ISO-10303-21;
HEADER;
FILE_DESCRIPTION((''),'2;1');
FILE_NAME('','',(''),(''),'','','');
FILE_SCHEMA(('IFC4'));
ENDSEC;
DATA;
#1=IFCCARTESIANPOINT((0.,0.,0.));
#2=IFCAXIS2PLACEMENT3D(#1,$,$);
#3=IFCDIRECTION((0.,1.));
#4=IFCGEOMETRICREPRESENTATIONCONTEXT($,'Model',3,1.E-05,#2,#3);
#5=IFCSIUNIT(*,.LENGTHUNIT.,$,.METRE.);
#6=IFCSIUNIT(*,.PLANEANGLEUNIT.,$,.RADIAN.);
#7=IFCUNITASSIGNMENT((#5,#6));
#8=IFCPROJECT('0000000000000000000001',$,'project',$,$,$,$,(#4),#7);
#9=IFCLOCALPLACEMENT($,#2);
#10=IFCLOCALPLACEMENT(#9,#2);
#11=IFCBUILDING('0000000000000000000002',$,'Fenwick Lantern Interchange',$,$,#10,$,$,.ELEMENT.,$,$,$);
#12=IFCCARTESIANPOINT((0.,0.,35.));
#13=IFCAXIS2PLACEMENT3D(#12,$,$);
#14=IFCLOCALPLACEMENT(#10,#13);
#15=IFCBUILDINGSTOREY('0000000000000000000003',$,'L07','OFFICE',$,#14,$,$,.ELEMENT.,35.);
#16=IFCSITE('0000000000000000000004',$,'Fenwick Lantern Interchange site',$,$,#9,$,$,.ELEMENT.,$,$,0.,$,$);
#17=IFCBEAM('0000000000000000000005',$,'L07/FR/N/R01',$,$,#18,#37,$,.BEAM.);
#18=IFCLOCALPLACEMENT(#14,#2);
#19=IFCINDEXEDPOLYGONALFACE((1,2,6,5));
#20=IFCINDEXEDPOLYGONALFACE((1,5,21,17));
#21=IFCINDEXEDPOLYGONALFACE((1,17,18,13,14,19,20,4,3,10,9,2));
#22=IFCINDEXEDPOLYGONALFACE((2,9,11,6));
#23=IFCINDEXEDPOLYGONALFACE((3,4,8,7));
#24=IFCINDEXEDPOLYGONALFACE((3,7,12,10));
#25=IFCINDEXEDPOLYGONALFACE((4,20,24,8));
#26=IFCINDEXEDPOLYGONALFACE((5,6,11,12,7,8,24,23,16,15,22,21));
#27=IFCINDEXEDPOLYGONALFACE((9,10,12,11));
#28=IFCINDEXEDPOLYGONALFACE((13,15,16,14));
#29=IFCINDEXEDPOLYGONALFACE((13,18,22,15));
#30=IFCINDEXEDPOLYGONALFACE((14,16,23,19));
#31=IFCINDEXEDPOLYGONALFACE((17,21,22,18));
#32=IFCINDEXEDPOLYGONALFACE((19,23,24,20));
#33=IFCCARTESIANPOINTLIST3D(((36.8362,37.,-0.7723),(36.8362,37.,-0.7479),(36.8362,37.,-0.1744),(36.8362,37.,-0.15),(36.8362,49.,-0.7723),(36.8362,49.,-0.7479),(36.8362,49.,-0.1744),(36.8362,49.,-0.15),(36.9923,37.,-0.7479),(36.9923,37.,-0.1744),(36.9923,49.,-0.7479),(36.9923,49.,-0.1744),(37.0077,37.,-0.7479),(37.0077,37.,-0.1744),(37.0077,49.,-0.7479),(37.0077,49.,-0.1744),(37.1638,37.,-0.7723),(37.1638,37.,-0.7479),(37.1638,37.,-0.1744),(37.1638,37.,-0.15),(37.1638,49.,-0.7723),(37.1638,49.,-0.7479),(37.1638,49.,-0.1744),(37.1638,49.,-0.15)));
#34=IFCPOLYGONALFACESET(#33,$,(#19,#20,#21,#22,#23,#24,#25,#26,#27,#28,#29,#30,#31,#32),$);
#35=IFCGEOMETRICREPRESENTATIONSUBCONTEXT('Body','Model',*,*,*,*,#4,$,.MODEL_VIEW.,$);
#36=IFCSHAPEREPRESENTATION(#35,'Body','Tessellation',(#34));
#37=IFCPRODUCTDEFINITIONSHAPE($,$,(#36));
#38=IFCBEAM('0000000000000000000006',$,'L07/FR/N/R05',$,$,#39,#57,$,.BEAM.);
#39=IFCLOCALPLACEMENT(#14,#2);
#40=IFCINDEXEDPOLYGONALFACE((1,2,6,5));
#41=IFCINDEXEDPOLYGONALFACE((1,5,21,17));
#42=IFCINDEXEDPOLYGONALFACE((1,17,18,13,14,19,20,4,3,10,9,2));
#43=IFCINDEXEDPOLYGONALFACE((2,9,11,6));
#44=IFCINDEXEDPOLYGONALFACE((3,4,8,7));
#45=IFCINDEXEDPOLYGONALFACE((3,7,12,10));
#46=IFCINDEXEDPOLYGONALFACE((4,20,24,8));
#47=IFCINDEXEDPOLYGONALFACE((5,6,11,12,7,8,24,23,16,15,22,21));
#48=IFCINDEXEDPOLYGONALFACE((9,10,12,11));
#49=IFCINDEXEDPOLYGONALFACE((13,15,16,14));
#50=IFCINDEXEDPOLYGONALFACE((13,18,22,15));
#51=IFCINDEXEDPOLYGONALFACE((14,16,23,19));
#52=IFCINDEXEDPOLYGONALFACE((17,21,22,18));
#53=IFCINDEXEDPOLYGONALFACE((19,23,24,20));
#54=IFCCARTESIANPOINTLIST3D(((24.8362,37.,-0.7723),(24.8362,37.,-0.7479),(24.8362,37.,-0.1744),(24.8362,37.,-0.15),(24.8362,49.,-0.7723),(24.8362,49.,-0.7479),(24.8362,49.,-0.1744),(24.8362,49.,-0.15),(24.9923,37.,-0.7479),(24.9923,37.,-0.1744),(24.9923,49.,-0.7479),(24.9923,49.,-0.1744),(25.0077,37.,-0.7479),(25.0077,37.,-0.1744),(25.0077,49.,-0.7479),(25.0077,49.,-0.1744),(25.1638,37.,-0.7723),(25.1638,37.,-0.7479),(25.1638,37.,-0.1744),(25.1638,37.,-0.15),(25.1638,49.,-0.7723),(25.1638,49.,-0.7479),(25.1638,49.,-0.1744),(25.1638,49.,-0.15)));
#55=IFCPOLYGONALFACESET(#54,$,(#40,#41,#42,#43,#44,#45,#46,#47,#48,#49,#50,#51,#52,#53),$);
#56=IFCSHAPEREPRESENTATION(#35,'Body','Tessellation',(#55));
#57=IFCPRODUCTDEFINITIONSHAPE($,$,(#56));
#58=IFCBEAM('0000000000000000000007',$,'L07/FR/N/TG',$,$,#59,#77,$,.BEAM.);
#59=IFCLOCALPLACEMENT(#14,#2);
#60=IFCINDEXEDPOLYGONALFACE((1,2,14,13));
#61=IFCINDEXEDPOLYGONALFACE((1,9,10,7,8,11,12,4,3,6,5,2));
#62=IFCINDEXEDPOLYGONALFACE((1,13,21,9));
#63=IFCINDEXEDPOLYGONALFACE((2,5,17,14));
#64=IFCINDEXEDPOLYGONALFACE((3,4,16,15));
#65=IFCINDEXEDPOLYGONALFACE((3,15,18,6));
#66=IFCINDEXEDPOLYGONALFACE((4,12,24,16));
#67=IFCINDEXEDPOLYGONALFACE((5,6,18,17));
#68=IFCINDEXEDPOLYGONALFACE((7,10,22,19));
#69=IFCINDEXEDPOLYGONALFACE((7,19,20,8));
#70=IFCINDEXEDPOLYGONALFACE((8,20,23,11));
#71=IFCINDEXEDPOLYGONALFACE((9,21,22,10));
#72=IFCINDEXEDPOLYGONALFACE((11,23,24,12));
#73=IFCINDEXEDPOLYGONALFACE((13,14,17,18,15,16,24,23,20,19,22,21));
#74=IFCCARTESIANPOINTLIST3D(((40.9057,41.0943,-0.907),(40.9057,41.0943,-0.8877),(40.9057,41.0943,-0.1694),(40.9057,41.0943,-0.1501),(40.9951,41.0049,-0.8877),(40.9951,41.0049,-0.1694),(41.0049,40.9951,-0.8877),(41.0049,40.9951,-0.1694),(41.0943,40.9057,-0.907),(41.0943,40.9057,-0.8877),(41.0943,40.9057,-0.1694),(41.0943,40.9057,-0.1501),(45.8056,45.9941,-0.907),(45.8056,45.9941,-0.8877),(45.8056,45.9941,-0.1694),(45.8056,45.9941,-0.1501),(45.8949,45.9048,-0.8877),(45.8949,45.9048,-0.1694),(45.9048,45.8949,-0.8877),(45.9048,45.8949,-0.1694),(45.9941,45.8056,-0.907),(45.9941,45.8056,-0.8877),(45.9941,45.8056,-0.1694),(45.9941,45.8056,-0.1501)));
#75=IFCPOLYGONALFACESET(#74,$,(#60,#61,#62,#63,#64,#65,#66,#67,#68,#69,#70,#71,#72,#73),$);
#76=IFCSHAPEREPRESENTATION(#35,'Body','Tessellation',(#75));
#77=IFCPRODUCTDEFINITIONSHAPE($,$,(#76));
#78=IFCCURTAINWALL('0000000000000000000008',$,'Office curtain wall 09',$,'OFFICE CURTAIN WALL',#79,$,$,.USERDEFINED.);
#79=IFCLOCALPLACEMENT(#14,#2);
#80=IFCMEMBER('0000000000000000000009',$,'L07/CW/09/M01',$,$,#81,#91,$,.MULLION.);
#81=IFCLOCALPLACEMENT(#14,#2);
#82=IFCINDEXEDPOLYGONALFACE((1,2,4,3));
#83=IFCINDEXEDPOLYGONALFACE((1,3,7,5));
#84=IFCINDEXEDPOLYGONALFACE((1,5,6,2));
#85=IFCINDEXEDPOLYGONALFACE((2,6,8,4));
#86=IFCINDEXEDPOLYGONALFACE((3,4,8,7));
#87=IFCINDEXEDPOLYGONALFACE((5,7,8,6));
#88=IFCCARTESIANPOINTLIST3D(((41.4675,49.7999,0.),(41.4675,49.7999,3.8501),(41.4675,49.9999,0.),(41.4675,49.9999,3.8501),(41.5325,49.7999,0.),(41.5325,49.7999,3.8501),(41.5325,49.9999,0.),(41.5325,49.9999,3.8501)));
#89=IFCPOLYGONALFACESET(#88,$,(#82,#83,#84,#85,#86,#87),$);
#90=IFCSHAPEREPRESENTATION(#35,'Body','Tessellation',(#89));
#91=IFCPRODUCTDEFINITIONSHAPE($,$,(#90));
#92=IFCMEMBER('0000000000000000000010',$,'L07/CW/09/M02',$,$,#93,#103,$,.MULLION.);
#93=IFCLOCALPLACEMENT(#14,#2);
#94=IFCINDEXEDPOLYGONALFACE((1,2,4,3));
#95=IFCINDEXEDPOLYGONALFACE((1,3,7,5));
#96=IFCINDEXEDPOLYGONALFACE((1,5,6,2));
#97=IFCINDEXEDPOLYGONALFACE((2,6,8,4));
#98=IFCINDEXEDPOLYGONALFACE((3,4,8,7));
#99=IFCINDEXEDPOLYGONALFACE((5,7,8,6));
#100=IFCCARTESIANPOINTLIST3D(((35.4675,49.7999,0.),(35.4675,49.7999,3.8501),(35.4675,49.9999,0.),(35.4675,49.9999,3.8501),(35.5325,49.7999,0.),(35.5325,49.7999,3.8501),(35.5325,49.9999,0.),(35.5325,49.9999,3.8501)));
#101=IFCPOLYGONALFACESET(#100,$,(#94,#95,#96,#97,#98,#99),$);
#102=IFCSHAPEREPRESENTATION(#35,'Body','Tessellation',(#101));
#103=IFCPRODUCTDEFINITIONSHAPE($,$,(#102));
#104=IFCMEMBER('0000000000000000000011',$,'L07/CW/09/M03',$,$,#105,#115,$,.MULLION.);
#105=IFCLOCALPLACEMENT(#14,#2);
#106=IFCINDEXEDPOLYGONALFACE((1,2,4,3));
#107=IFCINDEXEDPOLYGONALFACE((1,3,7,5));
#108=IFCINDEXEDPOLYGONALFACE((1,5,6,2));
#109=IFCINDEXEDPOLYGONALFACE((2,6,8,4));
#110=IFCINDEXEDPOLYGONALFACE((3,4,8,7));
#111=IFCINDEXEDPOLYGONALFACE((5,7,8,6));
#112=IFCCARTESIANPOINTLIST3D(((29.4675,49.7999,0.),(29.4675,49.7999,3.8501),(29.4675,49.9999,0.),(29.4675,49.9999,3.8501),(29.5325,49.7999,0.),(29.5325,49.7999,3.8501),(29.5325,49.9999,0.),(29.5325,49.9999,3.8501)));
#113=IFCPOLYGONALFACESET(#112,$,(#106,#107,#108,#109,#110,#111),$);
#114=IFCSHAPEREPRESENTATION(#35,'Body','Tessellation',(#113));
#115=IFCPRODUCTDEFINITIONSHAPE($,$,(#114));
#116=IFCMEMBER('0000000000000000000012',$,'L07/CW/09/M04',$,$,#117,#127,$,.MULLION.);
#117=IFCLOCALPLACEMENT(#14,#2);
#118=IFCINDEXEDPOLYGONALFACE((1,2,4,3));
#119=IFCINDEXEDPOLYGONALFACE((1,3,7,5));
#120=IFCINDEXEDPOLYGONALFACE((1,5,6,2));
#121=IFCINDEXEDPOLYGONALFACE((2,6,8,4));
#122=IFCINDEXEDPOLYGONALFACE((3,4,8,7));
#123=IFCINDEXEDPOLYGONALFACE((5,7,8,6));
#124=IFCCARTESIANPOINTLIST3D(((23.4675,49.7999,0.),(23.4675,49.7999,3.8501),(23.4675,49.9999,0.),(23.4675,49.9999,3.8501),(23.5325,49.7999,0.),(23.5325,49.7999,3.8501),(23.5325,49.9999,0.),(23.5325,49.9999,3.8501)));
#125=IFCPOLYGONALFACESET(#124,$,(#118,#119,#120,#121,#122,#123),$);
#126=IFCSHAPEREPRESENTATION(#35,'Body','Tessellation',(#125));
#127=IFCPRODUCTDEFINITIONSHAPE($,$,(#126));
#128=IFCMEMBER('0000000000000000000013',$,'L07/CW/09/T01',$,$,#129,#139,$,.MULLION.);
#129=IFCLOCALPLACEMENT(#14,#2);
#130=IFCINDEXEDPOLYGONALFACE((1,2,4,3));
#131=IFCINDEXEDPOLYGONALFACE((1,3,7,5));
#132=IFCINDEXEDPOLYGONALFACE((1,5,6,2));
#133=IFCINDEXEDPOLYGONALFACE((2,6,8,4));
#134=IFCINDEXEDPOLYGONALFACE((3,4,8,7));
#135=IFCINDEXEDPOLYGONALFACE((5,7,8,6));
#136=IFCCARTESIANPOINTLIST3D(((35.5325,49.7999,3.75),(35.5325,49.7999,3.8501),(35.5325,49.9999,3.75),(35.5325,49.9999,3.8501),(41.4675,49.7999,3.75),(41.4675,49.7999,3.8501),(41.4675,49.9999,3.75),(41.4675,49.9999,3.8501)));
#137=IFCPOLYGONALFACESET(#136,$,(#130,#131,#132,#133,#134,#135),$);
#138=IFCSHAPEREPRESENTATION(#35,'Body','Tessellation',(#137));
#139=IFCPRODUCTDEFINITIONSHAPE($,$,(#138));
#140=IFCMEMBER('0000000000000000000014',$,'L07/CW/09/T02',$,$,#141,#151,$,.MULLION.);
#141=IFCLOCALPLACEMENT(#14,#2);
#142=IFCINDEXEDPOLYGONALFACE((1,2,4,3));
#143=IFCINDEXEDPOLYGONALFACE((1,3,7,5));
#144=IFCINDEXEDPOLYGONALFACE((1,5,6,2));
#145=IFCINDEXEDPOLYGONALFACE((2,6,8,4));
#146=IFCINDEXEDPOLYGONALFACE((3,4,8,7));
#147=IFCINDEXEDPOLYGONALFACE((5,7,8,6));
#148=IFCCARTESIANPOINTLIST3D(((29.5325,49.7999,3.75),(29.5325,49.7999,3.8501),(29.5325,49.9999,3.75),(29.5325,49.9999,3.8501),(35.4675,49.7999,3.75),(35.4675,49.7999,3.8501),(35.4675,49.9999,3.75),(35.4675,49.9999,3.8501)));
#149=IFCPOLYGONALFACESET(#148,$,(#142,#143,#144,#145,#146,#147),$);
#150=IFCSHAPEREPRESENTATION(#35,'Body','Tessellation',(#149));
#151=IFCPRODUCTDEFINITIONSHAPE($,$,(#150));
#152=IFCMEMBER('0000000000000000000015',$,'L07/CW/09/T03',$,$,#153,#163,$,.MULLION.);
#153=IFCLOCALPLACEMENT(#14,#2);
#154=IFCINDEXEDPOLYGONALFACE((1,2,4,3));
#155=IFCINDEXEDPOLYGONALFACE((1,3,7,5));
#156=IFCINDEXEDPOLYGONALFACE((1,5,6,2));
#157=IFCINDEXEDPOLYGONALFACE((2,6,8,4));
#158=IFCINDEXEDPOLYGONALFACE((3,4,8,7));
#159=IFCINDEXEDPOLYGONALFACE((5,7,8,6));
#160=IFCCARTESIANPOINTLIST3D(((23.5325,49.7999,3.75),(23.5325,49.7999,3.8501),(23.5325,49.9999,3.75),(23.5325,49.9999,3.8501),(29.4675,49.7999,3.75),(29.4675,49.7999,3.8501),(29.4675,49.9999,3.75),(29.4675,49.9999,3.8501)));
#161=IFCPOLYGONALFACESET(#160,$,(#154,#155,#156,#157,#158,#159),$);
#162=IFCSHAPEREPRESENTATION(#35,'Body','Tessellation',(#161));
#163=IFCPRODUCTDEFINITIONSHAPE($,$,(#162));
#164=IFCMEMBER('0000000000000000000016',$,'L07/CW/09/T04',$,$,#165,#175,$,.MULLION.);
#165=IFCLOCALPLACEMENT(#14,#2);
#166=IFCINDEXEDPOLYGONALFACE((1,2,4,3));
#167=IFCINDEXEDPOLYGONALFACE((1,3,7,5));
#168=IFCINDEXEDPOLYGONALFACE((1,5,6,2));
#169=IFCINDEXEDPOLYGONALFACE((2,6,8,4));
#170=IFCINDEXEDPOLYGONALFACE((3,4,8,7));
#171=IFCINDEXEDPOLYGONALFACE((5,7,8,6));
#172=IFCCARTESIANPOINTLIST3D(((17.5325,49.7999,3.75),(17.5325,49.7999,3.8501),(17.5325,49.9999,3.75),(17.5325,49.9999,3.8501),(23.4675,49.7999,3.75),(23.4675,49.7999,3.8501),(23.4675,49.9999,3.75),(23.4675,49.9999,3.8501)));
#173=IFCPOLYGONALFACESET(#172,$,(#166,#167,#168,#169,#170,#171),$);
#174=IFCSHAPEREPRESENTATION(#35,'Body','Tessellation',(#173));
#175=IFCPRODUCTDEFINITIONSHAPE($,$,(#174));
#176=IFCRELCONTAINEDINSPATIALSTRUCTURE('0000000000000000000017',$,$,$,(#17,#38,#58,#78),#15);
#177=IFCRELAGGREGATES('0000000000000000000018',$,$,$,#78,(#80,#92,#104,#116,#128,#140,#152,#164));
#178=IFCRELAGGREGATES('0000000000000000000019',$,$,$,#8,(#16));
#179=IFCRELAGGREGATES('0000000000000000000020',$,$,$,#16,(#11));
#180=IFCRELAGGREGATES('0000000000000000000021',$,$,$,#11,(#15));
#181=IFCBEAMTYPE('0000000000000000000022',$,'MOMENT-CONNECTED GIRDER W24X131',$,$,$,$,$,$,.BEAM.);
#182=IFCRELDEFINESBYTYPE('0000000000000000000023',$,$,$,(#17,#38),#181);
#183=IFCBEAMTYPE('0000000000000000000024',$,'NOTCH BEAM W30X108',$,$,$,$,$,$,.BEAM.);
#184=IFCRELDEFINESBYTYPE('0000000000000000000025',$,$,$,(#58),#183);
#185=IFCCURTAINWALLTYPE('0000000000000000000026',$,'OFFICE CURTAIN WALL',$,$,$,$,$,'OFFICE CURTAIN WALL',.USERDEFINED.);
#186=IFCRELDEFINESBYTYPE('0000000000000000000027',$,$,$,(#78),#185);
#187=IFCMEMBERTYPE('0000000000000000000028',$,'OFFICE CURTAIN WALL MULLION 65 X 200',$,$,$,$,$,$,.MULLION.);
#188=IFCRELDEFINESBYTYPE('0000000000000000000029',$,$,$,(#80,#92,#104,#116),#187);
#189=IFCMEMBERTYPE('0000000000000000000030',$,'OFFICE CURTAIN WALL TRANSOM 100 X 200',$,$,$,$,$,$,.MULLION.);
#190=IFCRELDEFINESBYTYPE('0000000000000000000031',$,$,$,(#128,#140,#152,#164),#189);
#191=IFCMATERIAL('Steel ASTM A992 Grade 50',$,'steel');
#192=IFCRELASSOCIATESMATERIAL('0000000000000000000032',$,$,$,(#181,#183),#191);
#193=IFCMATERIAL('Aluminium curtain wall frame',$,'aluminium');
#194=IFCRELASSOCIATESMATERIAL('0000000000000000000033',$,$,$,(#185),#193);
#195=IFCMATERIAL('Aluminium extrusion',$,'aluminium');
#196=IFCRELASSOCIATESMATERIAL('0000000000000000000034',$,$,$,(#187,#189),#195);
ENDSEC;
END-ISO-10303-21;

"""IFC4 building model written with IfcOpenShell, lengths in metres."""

from ifc_helpers import new_model, si_unit, direction, frame, origin, origin_2d, place, context, subcontext, project, spatial, rectangle, i_section, extrude, material, material_profile, profile_set, type_object, element, aggregate, save


model = new_model("IFC4")

# Units and contexts
model_context = context("Model", 3, precision=1e-05, world=origin(), true_north=direction((0.0, 1.0)))
body_context = subcontext(model_context, "Body", "Model", "MODEL_VIEW")
ifc_project = project(units=[si_unit("LENGTHUNIT", "METRE"), si_unit("PLANEANGLEUNIT", "RADIAN")], contexts=[model_context])

# Site, building, storey
site_placement = place(None, origin())
site = spatial("IfcSite", under=ifc_project, at=site_placement, Name="Fenwick Lantern Interchange site", CompositionType="ELEMENT", RefElevation=0.0)
building_placement = place(site_placement, origin())
building = spatial("IfcBuilding", under=site, at=building_placement, Name="Fenwick Lantern Interchange", CompositionType="ELEMENT")
storey_placement = place(building_placement, frame((0.0, 0.0, 35.0)))
storey = spatial("IfcBuildingStorey", under=building, at=storey_placement, Name="L07", Description="OFFICE", CompositionType="ELEMENT", Elevation=35.0)

# Beams
ifc_material_1 = material(Name="Steel ASTM A992 Grade 50", Category="steel")
ifc_material_profile_1 = material_profile(ifc_material_1, i_section(OverallWidth=0.3276, OverallDepth=0.6223, WebThickness=0.0154, FlangeThickness=0.0244, at=origin_2d()), Name="W24X131")
ifc_profile_set_1 = profile_set([ifc_material_profile_1], Name="Steel ASTM A992 Grade 50")
beam_type_1 = type_object("IfcBeamType", Name="MOMENT-CONNECTED GIRDER W24X131", PredefinedType="BEAM", material=ifc_profile_set_1)
for number, where, z_axis, x_axis, name in (
    (1, (37.0, 49.0, -0.4612), (0.0, -1.0, 0.0), (1.0, 0.0, 0.0), "L07/FR/N/R01"),
    (2, (25.0, 49.0, -0.4612), (0.0, -1.0, 0.0), (1.0, 0.0, 0.0), "L07/FR/N/R05"),
):
    element("IfcBeam", number, at=place(storey_placement, frame(where, z_axis=z_axis, x_axis=x_axis)), inside=storey, type_object=beam_type_1, Name=name, PredefinedType="BEAM", context=body_context, shape_type="SweptSolid", body=[
        extrude(i_section(OverallWidth=0.3276, OverallDepth=0.6223, WebThickness=0.0154, FlangeThickness=0.0244, at=origin_2d()), origin(), (0.0, 0.0, 1.0), 12.0),
    ])
ifc_material_profile_2 = material_profile(ifc_material_1, i_section(OverallWidth=0.2666, OverallDepth=0.7568, WebThickness=0.0139, FlangeThickness=0.0193, at=origin_2d()), Name="W30X108")
ifc_profile_set_2 = profile_set([ifc_material_profile_2], Name="Steel ASTM A992 Grade 50")
beam_type_2 = type_object("IfcBeamType", Name="NOTCH BEAM W30X108", PredefinedType="BEAM", material=ifc_profile_set_2)
beam_1_placement = place(storey_placement, frame((41.0, 41.0, -0.5286), z_axis=(0.707107, 0.707107, 0.0), x_axis=(-0.707107, 0.707107, 0.0)))
element("IfcBeam", 3, at=beam_1_placement, inside=storey, type_object=beam_type_2, Name="L07/FR/N/TG", PredefinedType="BEAM", context=body_context, shape_type="SweptSolid", body=[
    extrude(i_section(OverallWidth=0.2666, OverallDepth=0.7568, WebThickness=0.0139, FlangeThickness=0.0193, at=origin_2d()), origin(), (0.0, 0.0, 1.0), 6.9294),
])

# Curtain wall, members
ifc_material_2 = material(Name="Aluminium curtain wall frame", Category="aluminium")
curtain_wall_type = type_object("IfcCurtainWallType", Name="OFFICE CURTAIN WALL", ElementType="OFFICE CURTAIN WALL", PredefinedType="USERDEFINED", material=ifc_material_2)
curtain_wall_placement = place(storey_placement, origin())
curtain_wall = element("IfcCurtainWall", 4, at=curtain_wall_placement, inside=storey, type_object=curtain_wall_type, Name="Office curtain wall 09", ObjectType="OFFICE CURTAIN WALL", PredefinedType="USERDEFINED")
ifc_material_3 = material(Name="Aluminium extrusion", Category="aluminium")
ifc_material_profile_3 = material_profile(ifc_material_3, rectangle(XDim=0.2, YDim=0.0649, at=origin_2d()), Name="OFFICE CURTAIN WALL MULLION 65 X 200")
ifc_profile_set_3 = profile_set([ifc_material_profile_3], Name="Aluminium extrusion")
member_type_1 = type_object("IfcMemberType", Name="OFFICE CURTAIN WALL MULLION 65 X 200", PredefinedType="MULLION", material=ifc_profile_set_3)
member_1_placement = place(storey_placement, frame((41.5, 49.8999, 0.0), z_axis=(0.0, 0.0, 1.0), x_axis=(0.0, -1.0, 0.0)))
member_1 = element("IfcMember", 5, at=member_1_placement, type_object=member_type_1, Name="L07/CW/09/M01", PredefinedType="MULLION", context=body_context, shape_type="SweptSolid", body=[
    extrude(rectangle(XDim=0.2, YDim=0.0649, at=origin_2d()), origin(), (0.0, 0.0, 1.0), 3.8501),
])
member_2_placement = place(storey_placement, frame((35.5, 49.8999, 0.0), z_axis=(0.0, 0.0, 1.0), x_axis=(0.0, -1.0, 0.0)))
member_2 = element("IfcMember", 6, at=member_2_placement, type_object=member_type_1, Name="L07/CW/09/M02", PredefinedType="MULLION", context=body_context, shape_type="SweptSolid", body=[
    extrude(rectangle(XDim=0.2, YDim=0.0649, at=origin_2d()), origin(), (0.0, 0.0, 1.0), 3.8501),
])
member_3_placement = place(storey_placement, frame((29.5, 49.8999, 0.0), z_axis=(0.0, 0.0, 1.0), x_axis=(0.0, -1.0, 0.0)))
member_3 = element("IfcMember", 7, at=member_3_placement, type_object=member_type_1, Name="L07/CW/09/M03", PredefinedType="MULLION", context=body_context, shape_type="SweptSolid", body=[
    extrude(rectangle(XDim=0.2, YDim=0.0649, at=origin_2d()), origin(), (0.0, 0.0, 1.0), 3.8501),
])
member_4_placement = place(storey_placement, frame((23.5, 49.8999, 0.0), z_axis=(0.0, 0.0, 1.0), x_axis=(0.0, -1.0, 0.0)))
member_4 = element("IfcMember", 8, at=member_4_placement, type_object=member_type_1, Name="L07/CW/09/M04", PredefinedType="MULLION", context=body_context, shape_type="SweptSolid", body=[
    extrude(rectangle(XDim=0.2, YDim=0.0649, at=origin_2d()), origin(), (0.0, 0.0, 1.0), 3.8501),
])
ifc_material_profile_4 = material_profile(ifc_material_3, rectangle(XDim=0.2, YDim=0.1001, at=origin_2d()), Name="OFFICE CURTAIN WALL TRANSOM 100 X 200")
ifc_profile_set_4 = profile_set([ifc_material_profile_4], Name="Aluminium extrusion")
member_type_2 = type_object("IfcMemberType", Name="OFFICE CURTAIN WALL TRANSOM 100 X 200", PredefinedType="MULLION", material=ifc_profile_set_4)
member_5_placement = place(storey_placement, frame((41.4675, 49.8999, 3.8), z_axis=(-1.0, 0.0, 0.0), x_axis=(0.0, -1.0, 0.0)))
member_5 = element("IfcMember", 9, at=member_5_placement, type_object=member_type_2, Name="L07/CW/09/T01", PredefinedType="MULLION", context=body_context, shape_type="SweptSolid", body=[
    extrude(rectangle(XDim=0.2, YDim=0.1001, at=origin_2d()), origin(), (0.0, 0.0, 1.0), 5.9351),
])
member_6_placement = place(storey_placement, frame((35.4675, 49.8999, 3.8), z_axis=(-1.0, 0.0, 0.0), x_axis=(0.0, -1.0, 0.0)))
member_6 = element("IfcMember", 10, at=member_6_placement, type_object=member_type_2, Name="L07/CW/09/T02", PredefinedType="MULLION", context=body_context, shape_type="SweptSolid", body=[
    extrude(rectangle(XDim=0.2, YDim=0.1001, at=origin_2d()), origin(), (0.0, 0.0, 1.0), 5.9351),
])
member_7_placement = place(storey_placement, frame((29.4675, 49.8999, 3.8), z_axis=(-1.0, 0.0, 0.0), x_axis=(0.0, -1.0, 0.0)))
member_7 = element("IfcMember", 11, at=member_7_placement, type_object=member_type_2, Name="L07/CW/09/T03", PredefinedType="MULLION", context=body_context, shape_type="SweptSolid", body=[
    extrude(rectangle(XDim=0.2, YDim=0.1001, at=origin_2d()), origin(), (0.0, 0.0, 1.0), 5.9351),
])
member_8_placement = place(storey_placement, frame((23.4675, 49.8999, 3.8), z_axis=(-1.0, 0.0, 0.0), x_axis=(0.0, -1.0, 0.0)))
member_8 = element("IfcMember", 12, at=member_8_placement, type_object=member_type_2, Name="L07/CW/09/T04", PredefinedType="MULLION", context=body_context, shape_type="SweptSolid", body=[
    extrude(rectangle(XDim=0.2, YDim=0.1001, at=origin_2d()), origin(), (0.0, 0.0, 1.0), 5.9351),
])
aggregate(curtain_wall, [member_1, member_2, member_3, member_4, member_5, member_6, member_7, member_8])

save(model, "model.ifc")
